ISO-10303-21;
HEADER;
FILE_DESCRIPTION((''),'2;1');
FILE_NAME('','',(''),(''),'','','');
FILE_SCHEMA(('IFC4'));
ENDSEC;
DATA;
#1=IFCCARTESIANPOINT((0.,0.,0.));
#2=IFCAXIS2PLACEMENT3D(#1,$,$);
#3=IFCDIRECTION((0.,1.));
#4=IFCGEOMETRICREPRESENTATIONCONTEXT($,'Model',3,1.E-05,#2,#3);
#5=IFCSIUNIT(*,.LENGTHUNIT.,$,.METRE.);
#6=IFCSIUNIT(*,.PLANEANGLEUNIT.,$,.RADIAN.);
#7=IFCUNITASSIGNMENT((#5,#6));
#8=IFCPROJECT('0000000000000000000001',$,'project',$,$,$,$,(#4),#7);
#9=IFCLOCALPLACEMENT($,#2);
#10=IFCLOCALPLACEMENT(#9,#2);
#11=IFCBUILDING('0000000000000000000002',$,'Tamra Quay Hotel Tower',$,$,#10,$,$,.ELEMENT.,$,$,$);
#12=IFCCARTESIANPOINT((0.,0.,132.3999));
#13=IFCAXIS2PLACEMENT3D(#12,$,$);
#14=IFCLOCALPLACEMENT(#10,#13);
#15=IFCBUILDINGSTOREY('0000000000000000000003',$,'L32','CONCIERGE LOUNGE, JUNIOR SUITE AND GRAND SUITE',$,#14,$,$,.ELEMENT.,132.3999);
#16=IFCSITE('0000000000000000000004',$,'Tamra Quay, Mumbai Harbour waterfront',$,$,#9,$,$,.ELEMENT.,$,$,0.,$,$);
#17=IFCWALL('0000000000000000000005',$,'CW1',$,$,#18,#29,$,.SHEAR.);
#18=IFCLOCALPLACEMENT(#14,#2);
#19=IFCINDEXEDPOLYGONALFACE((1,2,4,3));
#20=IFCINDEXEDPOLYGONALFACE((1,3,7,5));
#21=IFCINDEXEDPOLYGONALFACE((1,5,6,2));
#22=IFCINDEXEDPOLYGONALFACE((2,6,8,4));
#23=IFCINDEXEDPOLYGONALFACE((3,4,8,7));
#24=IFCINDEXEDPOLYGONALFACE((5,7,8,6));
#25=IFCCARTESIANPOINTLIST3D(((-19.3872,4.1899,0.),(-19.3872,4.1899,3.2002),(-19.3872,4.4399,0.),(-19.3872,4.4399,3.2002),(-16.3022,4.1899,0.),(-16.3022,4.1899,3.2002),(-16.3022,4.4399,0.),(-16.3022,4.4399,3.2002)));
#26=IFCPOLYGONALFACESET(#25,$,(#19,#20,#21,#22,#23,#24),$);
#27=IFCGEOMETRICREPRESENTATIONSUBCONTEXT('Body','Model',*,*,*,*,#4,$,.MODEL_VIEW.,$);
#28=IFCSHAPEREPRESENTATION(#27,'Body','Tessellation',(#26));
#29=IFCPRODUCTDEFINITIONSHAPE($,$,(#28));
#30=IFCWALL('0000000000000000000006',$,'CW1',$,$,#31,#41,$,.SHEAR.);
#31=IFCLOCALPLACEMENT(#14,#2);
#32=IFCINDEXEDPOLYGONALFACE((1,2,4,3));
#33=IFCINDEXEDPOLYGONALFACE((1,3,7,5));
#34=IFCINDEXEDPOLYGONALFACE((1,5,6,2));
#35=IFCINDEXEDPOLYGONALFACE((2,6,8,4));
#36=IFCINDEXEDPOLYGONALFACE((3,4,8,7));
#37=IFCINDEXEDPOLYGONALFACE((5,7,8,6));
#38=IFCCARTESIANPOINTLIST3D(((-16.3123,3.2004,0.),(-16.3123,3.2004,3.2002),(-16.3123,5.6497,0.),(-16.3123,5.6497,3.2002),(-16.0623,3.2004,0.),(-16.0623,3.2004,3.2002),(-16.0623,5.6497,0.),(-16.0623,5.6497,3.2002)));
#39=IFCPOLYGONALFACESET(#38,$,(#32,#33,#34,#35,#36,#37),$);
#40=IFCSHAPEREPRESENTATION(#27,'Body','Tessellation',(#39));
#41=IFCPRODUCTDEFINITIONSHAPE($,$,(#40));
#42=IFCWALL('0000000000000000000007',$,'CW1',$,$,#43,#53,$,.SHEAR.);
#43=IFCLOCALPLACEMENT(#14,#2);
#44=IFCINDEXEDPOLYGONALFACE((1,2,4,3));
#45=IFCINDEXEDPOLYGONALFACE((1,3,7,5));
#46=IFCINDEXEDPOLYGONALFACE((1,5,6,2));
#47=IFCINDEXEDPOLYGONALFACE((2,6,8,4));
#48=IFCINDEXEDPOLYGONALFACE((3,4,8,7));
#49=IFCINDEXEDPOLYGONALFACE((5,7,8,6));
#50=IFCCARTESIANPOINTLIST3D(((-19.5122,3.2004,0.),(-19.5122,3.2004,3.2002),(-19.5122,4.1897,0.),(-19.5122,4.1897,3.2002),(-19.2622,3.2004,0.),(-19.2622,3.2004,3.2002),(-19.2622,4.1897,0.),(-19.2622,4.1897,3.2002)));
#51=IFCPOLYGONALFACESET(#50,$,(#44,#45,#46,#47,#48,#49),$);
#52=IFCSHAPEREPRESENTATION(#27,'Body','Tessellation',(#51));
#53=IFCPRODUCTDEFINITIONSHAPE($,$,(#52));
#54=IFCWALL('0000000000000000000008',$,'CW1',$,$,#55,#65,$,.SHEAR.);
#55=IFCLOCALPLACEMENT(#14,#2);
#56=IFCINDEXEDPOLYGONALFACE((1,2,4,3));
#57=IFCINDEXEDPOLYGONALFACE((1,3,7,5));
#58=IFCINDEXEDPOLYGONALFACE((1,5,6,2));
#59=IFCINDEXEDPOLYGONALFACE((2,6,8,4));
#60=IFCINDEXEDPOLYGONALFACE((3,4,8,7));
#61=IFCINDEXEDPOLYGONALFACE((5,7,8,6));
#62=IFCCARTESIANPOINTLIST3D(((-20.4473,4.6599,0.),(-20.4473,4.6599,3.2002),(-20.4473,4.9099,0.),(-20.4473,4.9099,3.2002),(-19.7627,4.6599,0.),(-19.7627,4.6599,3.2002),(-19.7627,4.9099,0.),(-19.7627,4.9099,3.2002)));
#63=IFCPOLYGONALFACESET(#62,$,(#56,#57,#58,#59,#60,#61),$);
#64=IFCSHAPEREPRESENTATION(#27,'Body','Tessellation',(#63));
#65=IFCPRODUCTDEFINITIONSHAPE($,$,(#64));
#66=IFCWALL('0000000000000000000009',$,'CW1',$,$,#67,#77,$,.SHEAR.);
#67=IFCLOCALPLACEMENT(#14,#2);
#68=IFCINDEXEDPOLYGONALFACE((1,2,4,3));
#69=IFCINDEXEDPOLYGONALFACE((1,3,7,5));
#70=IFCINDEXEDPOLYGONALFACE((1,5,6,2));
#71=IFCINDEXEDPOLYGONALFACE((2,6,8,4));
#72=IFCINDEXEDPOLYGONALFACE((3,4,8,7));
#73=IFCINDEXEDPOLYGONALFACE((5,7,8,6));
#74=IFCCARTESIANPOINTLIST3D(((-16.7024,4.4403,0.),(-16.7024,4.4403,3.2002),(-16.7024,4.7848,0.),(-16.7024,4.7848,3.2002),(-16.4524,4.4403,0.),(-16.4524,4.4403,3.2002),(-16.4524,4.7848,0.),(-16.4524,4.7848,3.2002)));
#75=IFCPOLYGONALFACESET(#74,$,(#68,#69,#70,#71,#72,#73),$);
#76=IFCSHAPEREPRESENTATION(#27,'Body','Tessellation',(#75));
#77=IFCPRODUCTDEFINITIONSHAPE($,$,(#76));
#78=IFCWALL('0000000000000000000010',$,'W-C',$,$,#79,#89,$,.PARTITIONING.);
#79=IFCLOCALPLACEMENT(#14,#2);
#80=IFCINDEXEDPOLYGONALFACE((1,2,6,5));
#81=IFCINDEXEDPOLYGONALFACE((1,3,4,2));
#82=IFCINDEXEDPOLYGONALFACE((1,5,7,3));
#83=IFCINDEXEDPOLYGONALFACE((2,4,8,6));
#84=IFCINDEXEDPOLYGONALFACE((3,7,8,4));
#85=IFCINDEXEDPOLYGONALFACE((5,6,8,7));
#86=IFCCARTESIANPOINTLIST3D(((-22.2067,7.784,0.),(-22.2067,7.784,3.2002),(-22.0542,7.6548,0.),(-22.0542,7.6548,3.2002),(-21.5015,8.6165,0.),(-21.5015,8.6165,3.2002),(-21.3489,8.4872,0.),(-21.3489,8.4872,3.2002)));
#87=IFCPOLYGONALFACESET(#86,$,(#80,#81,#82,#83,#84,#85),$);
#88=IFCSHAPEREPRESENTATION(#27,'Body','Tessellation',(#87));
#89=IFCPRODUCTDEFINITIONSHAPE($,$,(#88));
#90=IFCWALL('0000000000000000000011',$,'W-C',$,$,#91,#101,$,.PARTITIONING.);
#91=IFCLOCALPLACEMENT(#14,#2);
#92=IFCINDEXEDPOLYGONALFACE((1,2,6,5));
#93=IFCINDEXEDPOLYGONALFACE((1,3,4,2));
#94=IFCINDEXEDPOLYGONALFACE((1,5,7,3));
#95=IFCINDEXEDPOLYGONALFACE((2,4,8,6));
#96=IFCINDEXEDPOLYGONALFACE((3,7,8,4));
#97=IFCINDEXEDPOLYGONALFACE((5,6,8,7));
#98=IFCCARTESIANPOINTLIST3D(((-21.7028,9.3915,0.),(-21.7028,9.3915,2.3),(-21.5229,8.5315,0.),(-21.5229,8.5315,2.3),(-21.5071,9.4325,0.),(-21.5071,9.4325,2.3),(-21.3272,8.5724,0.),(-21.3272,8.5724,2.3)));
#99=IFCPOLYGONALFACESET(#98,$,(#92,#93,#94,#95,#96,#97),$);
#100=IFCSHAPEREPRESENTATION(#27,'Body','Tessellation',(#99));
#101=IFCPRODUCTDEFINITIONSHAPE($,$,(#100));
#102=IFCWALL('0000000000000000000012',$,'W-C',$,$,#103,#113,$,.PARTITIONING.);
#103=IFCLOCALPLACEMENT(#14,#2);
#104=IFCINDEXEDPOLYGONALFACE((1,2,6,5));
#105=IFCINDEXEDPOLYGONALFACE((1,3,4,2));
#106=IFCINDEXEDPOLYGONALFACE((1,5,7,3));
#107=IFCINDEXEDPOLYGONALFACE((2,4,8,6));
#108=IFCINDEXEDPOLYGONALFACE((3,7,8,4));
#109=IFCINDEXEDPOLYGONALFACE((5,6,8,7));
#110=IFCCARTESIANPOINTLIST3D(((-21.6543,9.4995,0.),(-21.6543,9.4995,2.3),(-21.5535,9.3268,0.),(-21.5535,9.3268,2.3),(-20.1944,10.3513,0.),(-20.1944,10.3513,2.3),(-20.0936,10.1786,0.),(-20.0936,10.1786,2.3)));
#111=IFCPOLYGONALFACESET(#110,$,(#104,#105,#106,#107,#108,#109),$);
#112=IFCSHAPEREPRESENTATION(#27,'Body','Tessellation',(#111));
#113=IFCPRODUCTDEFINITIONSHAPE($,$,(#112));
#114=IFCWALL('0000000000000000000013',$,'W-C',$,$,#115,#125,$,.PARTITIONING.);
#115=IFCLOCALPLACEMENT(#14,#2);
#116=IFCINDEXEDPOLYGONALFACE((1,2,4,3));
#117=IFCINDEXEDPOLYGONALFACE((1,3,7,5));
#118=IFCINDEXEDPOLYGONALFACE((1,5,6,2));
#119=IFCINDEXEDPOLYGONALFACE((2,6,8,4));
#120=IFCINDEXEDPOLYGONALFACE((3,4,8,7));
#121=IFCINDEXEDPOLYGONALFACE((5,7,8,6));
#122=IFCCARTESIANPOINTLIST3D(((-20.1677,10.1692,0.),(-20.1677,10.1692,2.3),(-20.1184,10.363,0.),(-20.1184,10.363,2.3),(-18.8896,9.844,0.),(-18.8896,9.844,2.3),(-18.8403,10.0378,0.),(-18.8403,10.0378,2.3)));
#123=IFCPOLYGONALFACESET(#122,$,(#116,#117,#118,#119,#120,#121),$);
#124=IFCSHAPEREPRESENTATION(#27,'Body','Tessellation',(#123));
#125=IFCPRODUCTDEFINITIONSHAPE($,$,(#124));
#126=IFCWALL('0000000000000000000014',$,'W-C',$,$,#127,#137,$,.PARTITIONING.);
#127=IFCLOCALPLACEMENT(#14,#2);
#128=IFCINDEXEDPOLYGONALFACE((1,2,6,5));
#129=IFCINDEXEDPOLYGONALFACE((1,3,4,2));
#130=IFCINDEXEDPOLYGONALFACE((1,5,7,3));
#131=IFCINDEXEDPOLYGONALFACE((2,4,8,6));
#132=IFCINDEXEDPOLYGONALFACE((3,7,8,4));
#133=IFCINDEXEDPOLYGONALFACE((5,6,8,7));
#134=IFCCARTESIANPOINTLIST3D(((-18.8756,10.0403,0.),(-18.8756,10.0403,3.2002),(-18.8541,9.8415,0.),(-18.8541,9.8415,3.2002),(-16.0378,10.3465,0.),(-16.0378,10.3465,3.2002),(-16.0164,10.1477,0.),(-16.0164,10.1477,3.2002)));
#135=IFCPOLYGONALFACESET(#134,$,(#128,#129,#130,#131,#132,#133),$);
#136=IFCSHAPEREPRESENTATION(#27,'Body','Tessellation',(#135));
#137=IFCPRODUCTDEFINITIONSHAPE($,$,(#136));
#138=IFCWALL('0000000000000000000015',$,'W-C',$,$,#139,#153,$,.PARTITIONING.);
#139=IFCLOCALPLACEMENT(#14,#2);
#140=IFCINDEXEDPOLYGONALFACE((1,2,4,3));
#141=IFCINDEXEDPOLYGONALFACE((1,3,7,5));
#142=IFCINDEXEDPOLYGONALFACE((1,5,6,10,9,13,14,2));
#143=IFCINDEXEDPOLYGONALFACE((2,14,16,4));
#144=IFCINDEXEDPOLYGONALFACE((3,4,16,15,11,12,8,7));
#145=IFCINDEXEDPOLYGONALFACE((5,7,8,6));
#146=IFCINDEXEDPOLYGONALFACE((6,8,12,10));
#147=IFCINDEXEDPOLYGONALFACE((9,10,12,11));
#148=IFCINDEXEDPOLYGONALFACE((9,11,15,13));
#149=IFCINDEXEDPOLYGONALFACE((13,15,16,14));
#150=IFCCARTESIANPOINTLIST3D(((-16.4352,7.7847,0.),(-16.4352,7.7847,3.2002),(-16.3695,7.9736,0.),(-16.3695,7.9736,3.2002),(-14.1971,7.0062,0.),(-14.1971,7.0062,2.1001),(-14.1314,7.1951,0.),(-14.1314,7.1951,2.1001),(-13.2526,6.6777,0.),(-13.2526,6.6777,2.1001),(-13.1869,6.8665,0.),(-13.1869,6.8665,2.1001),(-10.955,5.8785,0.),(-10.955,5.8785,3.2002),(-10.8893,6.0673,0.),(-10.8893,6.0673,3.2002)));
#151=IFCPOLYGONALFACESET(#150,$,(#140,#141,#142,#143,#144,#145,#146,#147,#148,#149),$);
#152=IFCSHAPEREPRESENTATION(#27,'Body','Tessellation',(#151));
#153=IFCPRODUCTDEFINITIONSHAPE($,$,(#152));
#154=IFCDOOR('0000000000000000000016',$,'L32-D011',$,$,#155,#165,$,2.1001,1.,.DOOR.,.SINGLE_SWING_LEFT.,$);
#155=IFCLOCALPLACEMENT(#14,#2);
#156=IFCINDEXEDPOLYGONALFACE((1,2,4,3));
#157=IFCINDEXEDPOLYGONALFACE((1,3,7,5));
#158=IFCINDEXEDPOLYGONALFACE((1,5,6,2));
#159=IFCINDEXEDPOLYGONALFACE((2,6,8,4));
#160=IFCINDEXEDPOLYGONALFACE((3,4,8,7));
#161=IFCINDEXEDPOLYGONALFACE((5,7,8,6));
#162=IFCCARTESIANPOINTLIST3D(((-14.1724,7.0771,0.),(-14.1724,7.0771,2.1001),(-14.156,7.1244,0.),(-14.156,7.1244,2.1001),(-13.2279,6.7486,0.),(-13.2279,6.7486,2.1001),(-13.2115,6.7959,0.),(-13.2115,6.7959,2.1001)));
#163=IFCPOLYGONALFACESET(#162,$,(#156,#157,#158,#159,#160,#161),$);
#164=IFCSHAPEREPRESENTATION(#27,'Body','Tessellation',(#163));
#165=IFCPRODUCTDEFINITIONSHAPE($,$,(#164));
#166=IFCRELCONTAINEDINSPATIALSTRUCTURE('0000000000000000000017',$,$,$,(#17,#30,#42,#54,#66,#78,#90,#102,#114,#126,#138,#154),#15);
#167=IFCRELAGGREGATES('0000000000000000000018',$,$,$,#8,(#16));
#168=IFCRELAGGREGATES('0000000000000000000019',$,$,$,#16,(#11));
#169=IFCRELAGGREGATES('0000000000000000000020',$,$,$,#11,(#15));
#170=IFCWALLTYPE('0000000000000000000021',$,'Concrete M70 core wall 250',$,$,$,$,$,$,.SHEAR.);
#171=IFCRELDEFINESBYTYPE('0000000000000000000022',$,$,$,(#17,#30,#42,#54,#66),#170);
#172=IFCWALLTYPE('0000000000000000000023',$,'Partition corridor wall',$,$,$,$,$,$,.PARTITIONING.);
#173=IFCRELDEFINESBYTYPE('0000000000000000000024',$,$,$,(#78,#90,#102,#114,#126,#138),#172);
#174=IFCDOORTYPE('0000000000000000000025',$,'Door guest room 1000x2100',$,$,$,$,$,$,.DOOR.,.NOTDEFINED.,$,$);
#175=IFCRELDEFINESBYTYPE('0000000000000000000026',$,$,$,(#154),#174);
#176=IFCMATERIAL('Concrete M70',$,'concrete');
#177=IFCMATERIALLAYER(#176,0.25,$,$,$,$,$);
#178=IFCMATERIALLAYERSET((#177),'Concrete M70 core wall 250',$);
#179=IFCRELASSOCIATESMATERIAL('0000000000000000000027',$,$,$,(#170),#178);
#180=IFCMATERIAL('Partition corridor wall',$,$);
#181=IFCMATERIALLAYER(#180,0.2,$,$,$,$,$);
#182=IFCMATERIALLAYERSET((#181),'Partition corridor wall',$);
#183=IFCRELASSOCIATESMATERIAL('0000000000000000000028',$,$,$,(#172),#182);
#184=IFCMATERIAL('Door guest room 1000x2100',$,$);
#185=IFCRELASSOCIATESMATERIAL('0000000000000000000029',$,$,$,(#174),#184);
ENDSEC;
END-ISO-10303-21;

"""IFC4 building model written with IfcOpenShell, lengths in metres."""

from ifc_helpers import new_model, si_unit, direction, frame, frame_2d, origin, place, context, subcontext, project, spatial, rectangle, extrude, material, layer, layer_set, type_object, element, fill, save


model = new_model("IFC4")

# Units and contexts
model_context = context("Model", 3, precision=1e-05, world=origin(), true_north=direction((0.0, 1.0)))
body_context = subcontext(model_context, "Body", "Model", "MODEL_VIEW")
ifc_project = project(units=[si_unit("LENGTHUNIT", "METRE"), si_unit("PLANEANGLEUNIT", "RADIAN")], contexts=[model_context])

# Site, building, storey
site_placement = place(None, origin())
site = spatial("IfcSite", under=ifc_project, at=site_placement, Name="Tamra Quay, Mumbai Harbour waterfront", CompositionType="ELEMENT", RefElevation=0.0)
building_placement = place(site_placement, origin())
building = spatial("IfcBuilding", under=site, at=building_placement, Name="Tamra Quay Hotel Tower", CompositionType="ELEMENT")
storey_placement = place(building_placement, frame((0.0, 0.0, 132.3999)))
storey = spatial("IfcBuildingStorey", under=building, at=storey_placement, Name="L32", Description="CONCIERGE LOUNGE, JUNIOR SUITE AND GRAND SUITE", CompositionType="ELEMENT", Elevation=132.3999)

# Shared definitions
ifc_material_1 = material(Name="Concrete M70", Category="concrete")

# Walls
ifc_layer_1 = layer(ifc_material_1, 0.25)
ifc_layer_set_1 = layer_set([ifc_layer_1], Name="Concrete M70 core wall 250")
wall_type_1 = type_object("IfcWallType", Name="Concrete M70 core wall 250", PredefinedType="SHEAR", material=ifc_layer_set_1)
wall_1_placement = place(storey_placement, frame((-16.3022, 4.3149, 0.0), z_axis=(0.0, 0.0, 1.0), x_axis=(-1.0, 0.0, 0.0)))
element("IfcWall", 1, at=wall_1_placement, inside=storey, type_object=wall_type_1, Name="CW1", PredefinedType="SHEAR", context=body_context, shape_type="SweptSolid", body=[
    extrude(rectangle(XDim=3.085, YDim=0.25, at=frame_2d((1.5425, 0.0))), origin(), (0.0, 0.0, 1.0), 3.2002),
])
wall_2_placement = place(storey_placement, frame((-16.1873, 3.2004, 0.0), z_axis=(0.0, 0.0, 1.0), x_axis=(0.0, 1.0, 0.0)))
element("IfcWall", 2, at=wall_2_placement, inside=storey, type_object=wall_type_1, Name="CW1", PredefinedType="SHEAR", context=body_context, shape_type="SweptSolid", body=[
    extrude(rectangle(XDim=2.4492, YDim=0.25, at=frame_2d((1.2246, 0.0))), origin(), (0.0, 0.0, 1.0), 3.2002),
])
wall_3_placement = place(storey_placement, frame((-19.3872, 4.1897, 0.0), z_axis=(0.0, 0.0, 1.0), x_axis=(0.0, -1.0, 0.0)))
element("IfcWall", 3, at=wall_3_placement, inside=storey, type_object=wall_type_1, Name="CW1", PredefinedType="SHEAR", context=body_context, shape_type="SweptSolid", body=[
    extrude(rectangle(XDim=0.9893, YDim=0.25, at=frame_2d((0.4946, 0.0))), origin(), (0.0, 0.0, 1.0), 3.2002),
])
wall_4_placement = place(storey_placement, frame((-20.4473, 4.7849, 0.0), z_axis=(0.0, 0.0, 1.0), x_axis=(1.0, 0.0, 0.0)))
element("IfcWall", 4, at=wall_4_placement, inside=storey, type_object=wall_type_1, Name="CW1", PredefinedType="SHEAR", context=body_context, shape_type="SweptSolid", body=[
    extrude(rectangle(XDim=0.6846, YDim=0.25, at=frame_2d((0.3423, 0.0))), origin(), (0.0, 0.0, 1.0), 3.2002),
])
wall_5_placement = place(storey_placement, frame((-16.5774, 4.7849, 0.0), z_axis=(0.0, 0.0, 1.0), x_axis=(0.0, -1.0, 0.0)))
element("IfcWall", 5, at=wall_5_placement, inside=storey, type_object=wall_type_1, Name="CW1", PredefinedType="SHEAR", context=body_context, shape_type="SweptSolid", body=[
    extrude(rectangle(XDim=0.3445, YDim=0.25, at=frame_2d((0.1724, 0.0))), origin(), (0.0, 0.0, 1.0), 3.2002),
])
ifc_material_2 = material(Name="Partition corridor wall")
ifc_layer_2 = layer(ifc_material_2, 0.2)
ifc_layer_set_2 = layer_set([ifc_layer_2], Name="Partition corridor wall")
wall_type_2 = type_object("IfcWallType", Name="Partition corridor wall", PredefinedType="PARTITIONING", material=ifc_layer_set_2)
wall_6_placement = place(storey_placement, frame((-22.1304, 7.7195, 0.0), z_axis=(0.0, 0.0, 1.0), x_axis=(0.646414, 0.762987, 0.0)))
element("IfcWall", 6, at=wall_6_placement, inside=storey, type_object=wall_type_2, Name="W-C", PredefinedType="PARTITIONING", context=body_context, shape_type="SweptSolid", body=[
    extrude(rectangle(XDim=1.0911, YDim=0.2, at=frame_2d((0.5454, 0.0))), origin(), (0.0, 0.0, 1.0), 3.2002),
])
wall_7_placement = place(storey_placement, frame((-21.605, 9.4121, 0.0), z_axis=(0.0, 0.0, 1.0), x_axis=(0.204764, -0.978811, 0.0)))
element("IfcWall", 7, at=wall_7_placement, inside=storey, type_object=wall_type_2, Name="W-C", PredefinedType="PARTITIONING", context=body_context, shape_type="SweptSolid", body=[
    extrude(rectangle(XDim=0.8787, YDim=0.2, at=frame_2d((0.4395, 0.0))), origin(), (0.0, 0.0, 1.0), 2.3),
])
wall_8_placement = place(storey_placement, frame((-21.604, 9.4131, 0.0), z_axis=(0.0, 0.0, 1.0), x_axis=(0.863737, 0.503943, 0.0)))
element("IfcWall", 8, at=wall_8_placement, inside=storey, type_object=wall_type_2, Name="W-C", PredefinedType="PARTITIONING", context=body_context, shape_type="SweptSolid", body=[
    extrude(rectangle(XDim=1.6902, YDim=0.2, at=frame_2d((0.8452, 0.0))), origin(), (0.0, 0.0, 1.0), 2.3),
])
wall_9_placement = place(storey_placement, frame((-20.1431, 10.2661, 0.0), z_axis=(0.0, 0.0, 1.0), x_axis=(0.969121, -0.246584, 0.0)))
element("IfcWall", 9, at=wall_9_placement, inside=storey, type_object=wall_type_2, Name="W-C", PredefinedType="PARTITIONING", context=body_context, shape_type="SweptSolid", body=[
    extrude(rectangle(XDim=1.3188, YDim=0.2, at=frame_2d((0.6594, 0.0))), origin(), (0.0, 0.0, 1.0), 2.3),
])
wall_10_placement = place(storey_placement, frame((-18.865, 9.9409, 0.0), z_axis=(0.0, 0.0, 1.0), x_axis=(0.994231, 0.107258, 0.0)))
element("IfcWall", 10, at=wall_10_placement, inside=storey, type_object=wall_type_2, Name="W-C", PredefinedType="PARTITIONING", context=body_context, shape_type="SweptSolid", body=[
    extrude(rectangle(XDim=2.8542, YDim=0.2, at=frame_2d((1.4272, 0.0))), origin(), (0.0, 0.0, 1.0), 3.2002),
])

# Wall, opening, door
wall_11_placement = place(storey_placement, frame((-16.4023, 7.8792, 0.0), z_axis=(0.0, 0.0, 1.0), x_axis=(0.944492, -0.328534, 0.0)))
wall_11 = element("IfcWall", 11, at=wall_11_placement, inside=storey, type_object=wall_type_2, Name="W-C", PredefinedType="PARTITIONING", context=body_context, shape_type="SweptSolid", body=[
    extrude(rectangle(XDim=5.8022, YDim=0.2, at=frame_2d((2.9011, 0.0))), origin(), (0.0, 0.0, 1.0), 3.2002),
])
opening_1_placement = place(wall_11_placement, frame((2.3696, 0.0, 0.0)))
opening_1 = element("IfcOpeningElement", 12, at=opening_1_placement, cuts=wall_11, PredefinedType="OPENING", context=body_context, shape_type="SweptSolid", body=[
    extrude(rectangle(XDim=1.0, YDim=2.1001, at=frame_2d((0.5, 1.05))), frame((0.0, 0.1099, 0.0), z_axis=(0.0, -1.0, 0.0), x_axis=(1.0, 0.0, 0.0)), (0.0, 0.0, 1.0), 0.22),
])
ifc_material_3 = material(Name="Door guest room 1000x2100")
door_type_1 = type_object("IfcDoorType", Name="Door guest room 1000x2100", OperationType="NOTDEFINED", PredefinedType="DOOR", material=ifc_material_3)
door_1_placement = place(opening_1_placement, frame((1.0, 0.0, 0.0), z_axis=(0.0, 0.0, 1.0), x_axis=(-1.0, 0.0, 0.0)))
door_1 = element("IfcDoor", 13, at=door_1_placement, inside=storey, type_object=door_type_1, Name="L32-D011", OperationType="SINGLE_SWING_LEFT", OverallHeight=2.1001, OverallWidth=1.0, PredefinedType="DOOR", context=body_context, shape_type="SweptSolid", body=[
    extrude(rectangle(XDim=1.0, YDim=2.1001, at=frame_2d((0.5, 1.05))), frame((0.0, 0.0249, 0.0), z_axis=(0.0, -1.0, 0.0), x_axis=(1.0, 0.0, 0.0)), (0.0, 0.0, 1.0), 0.05),
])
fill(opening_1, door_1)

save(model, "model.ifc")
